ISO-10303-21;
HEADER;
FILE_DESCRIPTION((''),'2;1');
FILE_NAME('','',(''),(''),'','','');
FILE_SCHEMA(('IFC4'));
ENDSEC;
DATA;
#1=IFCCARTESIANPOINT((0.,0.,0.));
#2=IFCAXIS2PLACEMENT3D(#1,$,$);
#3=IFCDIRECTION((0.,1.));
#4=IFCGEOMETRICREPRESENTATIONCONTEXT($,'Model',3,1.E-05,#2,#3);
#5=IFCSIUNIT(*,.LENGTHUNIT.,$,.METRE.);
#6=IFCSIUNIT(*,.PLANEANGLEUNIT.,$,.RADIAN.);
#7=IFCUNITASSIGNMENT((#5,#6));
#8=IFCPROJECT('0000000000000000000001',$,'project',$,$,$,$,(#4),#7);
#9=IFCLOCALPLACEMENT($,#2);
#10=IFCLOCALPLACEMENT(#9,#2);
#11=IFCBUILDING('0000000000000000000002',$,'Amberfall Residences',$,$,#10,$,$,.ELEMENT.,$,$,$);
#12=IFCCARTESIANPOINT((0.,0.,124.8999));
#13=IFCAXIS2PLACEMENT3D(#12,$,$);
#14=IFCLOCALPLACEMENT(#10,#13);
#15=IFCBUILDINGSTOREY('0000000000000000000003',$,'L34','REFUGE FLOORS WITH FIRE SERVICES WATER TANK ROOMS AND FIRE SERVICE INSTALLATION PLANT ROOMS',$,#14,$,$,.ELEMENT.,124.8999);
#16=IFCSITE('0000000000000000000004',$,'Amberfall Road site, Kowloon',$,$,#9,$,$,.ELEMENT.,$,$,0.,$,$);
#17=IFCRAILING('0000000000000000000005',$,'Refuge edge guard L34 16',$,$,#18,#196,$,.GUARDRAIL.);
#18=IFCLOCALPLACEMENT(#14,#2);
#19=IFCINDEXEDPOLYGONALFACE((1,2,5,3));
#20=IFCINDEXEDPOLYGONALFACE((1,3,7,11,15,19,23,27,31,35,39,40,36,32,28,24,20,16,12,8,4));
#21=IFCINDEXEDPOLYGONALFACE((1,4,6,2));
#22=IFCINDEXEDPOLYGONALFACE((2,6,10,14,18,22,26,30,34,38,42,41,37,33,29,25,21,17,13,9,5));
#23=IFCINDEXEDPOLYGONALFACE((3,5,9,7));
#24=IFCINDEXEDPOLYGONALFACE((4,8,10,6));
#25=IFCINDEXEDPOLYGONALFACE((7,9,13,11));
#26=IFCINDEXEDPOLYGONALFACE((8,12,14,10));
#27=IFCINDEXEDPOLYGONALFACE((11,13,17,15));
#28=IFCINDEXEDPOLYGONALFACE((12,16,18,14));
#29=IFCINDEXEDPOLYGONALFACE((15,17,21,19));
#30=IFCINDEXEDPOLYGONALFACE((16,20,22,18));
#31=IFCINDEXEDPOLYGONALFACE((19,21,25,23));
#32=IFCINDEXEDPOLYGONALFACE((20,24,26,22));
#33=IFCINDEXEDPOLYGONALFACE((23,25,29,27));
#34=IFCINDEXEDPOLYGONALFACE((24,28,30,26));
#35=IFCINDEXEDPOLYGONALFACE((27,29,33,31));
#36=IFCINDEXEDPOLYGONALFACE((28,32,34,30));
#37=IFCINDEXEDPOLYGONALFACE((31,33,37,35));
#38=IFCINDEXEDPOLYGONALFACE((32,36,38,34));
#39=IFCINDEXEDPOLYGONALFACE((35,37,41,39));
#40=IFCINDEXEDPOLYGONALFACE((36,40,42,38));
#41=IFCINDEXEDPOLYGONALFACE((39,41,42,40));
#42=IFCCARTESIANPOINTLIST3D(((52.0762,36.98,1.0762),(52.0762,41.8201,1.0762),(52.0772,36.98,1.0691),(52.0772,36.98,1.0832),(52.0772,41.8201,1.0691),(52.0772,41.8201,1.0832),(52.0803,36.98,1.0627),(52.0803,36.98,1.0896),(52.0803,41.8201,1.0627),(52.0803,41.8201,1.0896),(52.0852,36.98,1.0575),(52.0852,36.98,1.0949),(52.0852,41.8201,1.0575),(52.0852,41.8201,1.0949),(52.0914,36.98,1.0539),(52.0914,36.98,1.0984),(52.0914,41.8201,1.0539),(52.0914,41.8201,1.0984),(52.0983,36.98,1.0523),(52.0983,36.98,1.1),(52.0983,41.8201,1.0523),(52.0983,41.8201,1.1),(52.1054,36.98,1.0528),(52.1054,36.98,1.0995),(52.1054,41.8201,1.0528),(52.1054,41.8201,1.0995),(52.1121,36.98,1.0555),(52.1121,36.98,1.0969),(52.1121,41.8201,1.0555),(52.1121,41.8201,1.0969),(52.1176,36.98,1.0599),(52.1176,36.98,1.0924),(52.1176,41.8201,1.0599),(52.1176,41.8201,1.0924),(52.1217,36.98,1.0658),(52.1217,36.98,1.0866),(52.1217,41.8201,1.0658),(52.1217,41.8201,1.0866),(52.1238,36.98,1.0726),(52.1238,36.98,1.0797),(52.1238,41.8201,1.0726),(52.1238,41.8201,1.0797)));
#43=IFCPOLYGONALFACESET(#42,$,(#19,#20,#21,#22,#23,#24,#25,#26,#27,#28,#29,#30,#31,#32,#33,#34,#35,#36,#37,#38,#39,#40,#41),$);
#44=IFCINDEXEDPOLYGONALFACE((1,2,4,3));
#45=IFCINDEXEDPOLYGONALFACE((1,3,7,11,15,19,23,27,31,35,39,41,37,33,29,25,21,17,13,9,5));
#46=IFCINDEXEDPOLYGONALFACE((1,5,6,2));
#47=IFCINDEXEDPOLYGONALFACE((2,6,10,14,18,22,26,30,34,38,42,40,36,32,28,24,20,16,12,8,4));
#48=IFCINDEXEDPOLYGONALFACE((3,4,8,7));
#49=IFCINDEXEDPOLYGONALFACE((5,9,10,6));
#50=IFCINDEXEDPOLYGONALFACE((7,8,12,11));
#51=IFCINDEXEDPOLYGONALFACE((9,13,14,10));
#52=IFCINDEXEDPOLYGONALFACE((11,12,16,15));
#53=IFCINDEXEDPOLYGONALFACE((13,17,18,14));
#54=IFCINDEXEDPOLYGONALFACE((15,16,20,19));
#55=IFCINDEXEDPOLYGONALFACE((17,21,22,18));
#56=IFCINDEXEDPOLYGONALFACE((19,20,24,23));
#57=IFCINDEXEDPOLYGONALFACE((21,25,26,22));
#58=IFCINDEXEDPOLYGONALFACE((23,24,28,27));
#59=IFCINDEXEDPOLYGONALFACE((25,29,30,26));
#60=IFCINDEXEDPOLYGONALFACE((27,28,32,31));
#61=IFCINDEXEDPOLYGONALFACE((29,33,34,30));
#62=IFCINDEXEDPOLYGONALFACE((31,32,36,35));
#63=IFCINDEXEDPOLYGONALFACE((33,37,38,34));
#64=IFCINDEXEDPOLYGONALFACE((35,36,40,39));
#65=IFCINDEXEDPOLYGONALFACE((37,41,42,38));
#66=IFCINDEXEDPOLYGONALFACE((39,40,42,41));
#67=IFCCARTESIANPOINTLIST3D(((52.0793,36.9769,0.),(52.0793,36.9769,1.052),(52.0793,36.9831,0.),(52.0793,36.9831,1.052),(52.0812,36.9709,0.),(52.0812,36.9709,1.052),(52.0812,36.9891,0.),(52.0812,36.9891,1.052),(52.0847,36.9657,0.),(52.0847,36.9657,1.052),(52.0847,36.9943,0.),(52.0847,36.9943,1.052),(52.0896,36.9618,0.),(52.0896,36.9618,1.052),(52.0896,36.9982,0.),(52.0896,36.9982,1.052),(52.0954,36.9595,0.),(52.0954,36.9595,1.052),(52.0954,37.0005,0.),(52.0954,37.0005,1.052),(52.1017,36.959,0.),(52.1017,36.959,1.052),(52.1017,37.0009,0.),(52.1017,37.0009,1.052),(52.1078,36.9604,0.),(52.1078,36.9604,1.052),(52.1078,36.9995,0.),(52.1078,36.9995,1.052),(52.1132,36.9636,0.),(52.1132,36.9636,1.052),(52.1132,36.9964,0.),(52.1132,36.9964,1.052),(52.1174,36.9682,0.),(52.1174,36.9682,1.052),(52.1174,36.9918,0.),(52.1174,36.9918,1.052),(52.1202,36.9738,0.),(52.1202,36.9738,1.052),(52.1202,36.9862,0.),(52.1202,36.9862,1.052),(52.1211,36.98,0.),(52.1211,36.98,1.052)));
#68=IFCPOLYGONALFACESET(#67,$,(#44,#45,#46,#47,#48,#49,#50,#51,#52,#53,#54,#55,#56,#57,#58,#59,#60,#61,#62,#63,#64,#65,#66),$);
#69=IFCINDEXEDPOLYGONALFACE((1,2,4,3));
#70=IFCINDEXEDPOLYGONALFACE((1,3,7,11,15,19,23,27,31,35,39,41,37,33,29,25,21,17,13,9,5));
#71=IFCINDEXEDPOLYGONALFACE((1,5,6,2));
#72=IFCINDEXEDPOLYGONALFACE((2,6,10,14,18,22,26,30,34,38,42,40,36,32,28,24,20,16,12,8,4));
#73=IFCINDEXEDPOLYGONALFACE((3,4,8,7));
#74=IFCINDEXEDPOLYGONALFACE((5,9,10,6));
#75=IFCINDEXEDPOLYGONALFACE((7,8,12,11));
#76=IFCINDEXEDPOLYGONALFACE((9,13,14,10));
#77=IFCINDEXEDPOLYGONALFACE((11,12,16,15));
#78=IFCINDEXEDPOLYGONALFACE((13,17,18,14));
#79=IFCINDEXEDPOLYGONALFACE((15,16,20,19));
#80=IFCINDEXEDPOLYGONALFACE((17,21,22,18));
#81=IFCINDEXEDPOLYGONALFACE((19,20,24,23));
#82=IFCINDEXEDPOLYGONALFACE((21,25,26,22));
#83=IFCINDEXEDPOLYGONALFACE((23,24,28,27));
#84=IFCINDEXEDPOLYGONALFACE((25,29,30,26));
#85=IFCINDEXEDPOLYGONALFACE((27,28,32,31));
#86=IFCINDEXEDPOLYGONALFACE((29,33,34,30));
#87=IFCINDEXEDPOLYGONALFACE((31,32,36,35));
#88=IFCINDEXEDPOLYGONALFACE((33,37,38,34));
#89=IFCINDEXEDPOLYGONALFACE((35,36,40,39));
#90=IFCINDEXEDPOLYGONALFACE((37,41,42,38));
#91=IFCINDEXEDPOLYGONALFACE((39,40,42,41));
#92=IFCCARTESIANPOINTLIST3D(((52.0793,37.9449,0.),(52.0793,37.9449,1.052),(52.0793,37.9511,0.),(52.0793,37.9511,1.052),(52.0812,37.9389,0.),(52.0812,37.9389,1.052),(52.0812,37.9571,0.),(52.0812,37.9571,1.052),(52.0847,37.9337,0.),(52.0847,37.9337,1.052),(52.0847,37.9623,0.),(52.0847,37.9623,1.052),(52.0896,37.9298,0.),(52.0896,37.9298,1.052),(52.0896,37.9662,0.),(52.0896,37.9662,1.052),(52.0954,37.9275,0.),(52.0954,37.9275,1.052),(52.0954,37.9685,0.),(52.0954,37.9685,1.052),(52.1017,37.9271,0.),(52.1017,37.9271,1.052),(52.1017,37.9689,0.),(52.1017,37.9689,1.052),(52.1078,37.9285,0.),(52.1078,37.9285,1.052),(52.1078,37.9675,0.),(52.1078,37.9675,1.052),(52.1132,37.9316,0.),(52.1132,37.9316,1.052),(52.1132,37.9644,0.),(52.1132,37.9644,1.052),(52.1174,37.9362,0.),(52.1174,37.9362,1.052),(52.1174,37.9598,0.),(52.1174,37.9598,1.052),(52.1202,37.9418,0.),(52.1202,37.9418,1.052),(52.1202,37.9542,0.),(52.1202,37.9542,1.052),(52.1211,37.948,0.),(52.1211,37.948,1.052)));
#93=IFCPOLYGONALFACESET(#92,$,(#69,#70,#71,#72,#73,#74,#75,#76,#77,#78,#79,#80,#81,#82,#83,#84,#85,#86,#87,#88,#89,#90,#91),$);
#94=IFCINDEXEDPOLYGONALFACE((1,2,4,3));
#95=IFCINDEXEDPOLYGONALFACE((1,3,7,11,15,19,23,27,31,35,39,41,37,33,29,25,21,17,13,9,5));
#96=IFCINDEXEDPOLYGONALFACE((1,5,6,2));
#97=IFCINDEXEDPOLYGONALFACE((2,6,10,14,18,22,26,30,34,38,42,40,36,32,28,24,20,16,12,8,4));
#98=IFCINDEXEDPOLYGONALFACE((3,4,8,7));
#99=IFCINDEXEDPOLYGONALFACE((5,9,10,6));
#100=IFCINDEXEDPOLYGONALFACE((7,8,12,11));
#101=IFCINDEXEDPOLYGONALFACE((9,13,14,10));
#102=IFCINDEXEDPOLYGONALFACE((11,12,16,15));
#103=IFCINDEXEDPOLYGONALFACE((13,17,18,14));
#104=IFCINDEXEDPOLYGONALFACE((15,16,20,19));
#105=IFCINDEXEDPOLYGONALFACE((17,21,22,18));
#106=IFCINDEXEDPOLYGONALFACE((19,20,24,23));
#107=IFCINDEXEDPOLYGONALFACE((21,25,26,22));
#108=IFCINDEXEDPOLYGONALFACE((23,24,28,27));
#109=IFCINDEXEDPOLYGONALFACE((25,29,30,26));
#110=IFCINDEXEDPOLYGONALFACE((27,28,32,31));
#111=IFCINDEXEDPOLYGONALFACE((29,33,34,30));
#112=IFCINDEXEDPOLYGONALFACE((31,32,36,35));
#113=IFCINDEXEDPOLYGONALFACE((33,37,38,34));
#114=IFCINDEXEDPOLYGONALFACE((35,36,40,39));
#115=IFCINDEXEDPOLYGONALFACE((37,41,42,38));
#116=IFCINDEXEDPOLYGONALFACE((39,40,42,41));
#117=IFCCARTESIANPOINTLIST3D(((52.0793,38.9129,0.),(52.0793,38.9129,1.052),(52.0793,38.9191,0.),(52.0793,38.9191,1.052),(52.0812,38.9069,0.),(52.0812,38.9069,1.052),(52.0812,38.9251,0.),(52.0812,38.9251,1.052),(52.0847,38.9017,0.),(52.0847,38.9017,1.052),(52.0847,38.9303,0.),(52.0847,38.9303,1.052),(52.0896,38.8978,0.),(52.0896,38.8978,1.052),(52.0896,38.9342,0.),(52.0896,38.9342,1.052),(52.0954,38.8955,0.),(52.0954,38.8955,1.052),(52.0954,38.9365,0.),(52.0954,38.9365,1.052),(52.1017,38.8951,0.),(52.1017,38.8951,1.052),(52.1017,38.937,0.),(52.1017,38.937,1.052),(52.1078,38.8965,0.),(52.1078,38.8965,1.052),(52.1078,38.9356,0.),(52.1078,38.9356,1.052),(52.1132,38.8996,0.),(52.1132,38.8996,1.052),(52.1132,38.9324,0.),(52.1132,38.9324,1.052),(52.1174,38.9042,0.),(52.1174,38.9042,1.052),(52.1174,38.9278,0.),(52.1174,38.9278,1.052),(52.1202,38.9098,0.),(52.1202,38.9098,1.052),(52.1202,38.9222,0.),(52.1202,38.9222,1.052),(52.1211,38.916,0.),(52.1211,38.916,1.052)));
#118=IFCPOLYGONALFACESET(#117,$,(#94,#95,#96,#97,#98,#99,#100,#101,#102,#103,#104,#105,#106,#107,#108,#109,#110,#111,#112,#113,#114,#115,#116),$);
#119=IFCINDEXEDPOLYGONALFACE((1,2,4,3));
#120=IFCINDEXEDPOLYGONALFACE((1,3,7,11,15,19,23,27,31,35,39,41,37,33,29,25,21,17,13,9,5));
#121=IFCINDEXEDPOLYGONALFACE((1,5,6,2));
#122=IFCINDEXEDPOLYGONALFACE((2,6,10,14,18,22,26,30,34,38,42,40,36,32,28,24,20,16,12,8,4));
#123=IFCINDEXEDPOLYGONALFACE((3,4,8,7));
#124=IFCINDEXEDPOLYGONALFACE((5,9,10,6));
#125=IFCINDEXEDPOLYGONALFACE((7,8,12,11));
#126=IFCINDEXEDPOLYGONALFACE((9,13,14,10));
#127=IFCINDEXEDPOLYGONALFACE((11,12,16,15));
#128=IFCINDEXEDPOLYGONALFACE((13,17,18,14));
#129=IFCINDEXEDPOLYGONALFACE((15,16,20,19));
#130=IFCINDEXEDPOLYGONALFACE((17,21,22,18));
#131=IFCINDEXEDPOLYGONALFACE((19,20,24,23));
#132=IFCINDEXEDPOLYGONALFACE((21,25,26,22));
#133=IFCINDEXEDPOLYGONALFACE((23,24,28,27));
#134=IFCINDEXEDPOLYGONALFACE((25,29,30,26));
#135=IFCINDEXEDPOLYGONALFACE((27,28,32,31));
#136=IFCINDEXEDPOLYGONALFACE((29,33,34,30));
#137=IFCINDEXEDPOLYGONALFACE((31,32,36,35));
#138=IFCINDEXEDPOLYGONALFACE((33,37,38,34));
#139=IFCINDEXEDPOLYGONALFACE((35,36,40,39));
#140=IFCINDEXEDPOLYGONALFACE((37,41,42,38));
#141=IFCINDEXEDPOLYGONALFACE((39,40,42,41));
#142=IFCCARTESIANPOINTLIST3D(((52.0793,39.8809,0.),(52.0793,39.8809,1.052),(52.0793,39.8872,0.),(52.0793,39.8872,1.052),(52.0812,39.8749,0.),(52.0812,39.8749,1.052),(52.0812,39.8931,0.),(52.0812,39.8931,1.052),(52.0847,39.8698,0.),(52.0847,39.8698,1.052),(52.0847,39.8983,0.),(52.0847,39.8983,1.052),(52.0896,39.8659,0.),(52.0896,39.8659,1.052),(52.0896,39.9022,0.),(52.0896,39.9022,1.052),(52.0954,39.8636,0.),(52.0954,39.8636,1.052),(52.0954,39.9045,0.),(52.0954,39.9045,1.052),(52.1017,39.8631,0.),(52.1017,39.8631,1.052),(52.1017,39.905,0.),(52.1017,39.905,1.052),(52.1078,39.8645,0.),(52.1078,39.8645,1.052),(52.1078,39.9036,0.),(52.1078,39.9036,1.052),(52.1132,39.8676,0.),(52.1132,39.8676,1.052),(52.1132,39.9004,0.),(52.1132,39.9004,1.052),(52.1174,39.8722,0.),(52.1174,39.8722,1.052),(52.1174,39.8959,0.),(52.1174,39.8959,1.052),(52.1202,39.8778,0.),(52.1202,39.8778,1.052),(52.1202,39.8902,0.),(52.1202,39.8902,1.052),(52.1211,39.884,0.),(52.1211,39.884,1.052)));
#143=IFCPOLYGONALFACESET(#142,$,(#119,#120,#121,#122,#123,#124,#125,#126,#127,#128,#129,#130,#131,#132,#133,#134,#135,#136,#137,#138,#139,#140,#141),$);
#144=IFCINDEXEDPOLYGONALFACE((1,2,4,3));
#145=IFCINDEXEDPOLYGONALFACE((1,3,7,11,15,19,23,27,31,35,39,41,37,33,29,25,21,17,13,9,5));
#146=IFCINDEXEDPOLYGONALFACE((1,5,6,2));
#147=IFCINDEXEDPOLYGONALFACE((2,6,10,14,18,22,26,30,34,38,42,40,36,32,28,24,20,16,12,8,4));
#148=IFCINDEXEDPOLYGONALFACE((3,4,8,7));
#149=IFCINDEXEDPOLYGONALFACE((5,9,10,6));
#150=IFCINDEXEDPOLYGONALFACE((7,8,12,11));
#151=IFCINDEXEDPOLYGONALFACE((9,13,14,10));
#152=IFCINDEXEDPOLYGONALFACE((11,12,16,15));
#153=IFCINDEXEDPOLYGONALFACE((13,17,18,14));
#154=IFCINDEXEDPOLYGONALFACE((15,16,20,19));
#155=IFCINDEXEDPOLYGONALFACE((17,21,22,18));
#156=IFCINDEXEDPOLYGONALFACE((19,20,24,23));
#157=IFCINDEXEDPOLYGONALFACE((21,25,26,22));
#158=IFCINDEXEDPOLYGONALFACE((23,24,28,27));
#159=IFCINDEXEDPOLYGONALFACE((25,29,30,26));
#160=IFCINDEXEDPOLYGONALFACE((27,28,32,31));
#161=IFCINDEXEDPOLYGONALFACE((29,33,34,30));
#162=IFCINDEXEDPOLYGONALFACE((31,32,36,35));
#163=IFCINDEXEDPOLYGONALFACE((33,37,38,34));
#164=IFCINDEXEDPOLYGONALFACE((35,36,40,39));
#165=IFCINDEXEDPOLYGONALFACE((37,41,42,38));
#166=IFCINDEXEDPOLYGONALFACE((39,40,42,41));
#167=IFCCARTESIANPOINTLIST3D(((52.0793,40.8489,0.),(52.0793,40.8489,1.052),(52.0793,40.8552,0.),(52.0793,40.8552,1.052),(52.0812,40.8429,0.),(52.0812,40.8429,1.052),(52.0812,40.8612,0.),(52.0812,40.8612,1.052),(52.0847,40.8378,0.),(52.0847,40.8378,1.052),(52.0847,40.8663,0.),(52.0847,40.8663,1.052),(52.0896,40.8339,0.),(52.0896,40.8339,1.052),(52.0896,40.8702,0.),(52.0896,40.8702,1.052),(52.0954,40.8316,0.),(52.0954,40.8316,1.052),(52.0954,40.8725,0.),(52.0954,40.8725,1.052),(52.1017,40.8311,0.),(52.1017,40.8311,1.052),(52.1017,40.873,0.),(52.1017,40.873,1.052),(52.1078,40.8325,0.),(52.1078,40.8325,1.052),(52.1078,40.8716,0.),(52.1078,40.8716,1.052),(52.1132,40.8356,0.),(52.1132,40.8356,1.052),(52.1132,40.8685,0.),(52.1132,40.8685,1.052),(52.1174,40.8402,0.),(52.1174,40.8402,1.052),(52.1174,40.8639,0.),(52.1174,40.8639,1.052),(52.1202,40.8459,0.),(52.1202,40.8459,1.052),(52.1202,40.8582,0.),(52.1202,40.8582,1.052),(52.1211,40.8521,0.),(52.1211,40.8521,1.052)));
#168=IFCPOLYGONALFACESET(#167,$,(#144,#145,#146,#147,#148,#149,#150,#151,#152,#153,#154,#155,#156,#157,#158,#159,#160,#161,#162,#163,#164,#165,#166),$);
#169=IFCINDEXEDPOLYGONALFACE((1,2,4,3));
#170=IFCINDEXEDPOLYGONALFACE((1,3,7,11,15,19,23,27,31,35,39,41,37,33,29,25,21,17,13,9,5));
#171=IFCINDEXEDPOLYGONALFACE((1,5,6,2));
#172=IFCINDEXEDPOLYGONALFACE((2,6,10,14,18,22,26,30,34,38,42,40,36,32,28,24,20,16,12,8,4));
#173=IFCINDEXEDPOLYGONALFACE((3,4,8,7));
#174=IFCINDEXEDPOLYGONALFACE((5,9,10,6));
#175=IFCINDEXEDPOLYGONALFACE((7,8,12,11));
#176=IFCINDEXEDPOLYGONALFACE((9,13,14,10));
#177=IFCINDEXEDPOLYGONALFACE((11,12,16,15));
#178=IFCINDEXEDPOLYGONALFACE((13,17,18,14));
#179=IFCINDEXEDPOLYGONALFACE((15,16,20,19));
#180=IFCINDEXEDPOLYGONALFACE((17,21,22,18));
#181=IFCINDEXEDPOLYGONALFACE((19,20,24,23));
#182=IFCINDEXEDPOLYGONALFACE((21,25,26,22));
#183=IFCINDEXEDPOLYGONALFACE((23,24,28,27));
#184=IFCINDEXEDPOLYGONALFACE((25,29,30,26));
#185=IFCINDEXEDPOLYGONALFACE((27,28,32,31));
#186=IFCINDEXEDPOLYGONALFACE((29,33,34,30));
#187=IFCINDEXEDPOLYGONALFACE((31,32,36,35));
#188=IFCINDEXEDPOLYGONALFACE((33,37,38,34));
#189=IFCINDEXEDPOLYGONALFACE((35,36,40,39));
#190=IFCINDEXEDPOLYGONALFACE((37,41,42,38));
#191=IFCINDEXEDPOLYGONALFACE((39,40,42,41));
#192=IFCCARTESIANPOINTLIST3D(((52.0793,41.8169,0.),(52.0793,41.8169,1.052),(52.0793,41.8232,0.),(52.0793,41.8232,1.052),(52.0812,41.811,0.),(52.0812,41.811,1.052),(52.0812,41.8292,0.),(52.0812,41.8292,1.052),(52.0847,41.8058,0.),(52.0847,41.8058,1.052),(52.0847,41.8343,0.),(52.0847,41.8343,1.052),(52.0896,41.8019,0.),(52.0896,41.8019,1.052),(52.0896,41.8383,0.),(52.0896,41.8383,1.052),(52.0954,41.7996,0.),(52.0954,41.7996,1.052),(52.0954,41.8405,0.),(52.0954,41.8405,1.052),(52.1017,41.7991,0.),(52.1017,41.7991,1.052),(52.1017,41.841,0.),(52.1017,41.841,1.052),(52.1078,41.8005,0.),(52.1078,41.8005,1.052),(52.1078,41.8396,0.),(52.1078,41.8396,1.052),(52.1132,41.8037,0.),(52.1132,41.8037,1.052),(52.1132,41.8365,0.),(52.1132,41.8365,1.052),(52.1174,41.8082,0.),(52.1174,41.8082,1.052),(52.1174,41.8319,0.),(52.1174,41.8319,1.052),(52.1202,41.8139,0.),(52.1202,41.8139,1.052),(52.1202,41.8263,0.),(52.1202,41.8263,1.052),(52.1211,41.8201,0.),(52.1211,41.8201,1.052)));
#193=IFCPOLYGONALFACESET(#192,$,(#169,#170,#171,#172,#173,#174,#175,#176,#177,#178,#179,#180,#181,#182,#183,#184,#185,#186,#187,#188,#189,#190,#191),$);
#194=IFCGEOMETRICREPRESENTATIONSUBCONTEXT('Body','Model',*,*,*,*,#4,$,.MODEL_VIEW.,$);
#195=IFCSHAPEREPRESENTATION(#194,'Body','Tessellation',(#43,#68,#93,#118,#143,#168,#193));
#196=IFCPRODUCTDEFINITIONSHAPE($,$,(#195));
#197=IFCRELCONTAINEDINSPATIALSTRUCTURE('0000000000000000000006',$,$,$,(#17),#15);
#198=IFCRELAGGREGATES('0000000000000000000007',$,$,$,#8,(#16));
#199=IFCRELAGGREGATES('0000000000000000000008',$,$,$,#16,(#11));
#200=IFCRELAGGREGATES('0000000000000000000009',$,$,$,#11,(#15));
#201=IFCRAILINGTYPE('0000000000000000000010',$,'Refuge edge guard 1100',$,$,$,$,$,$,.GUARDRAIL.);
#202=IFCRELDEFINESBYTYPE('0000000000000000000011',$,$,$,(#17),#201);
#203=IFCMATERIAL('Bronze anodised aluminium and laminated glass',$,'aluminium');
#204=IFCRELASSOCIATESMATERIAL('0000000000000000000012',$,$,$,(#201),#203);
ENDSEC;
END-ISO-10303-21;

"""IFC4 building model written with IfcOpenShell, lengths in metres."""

from ifc_helpers import new_model, si_unit, direction, frame, origin, origin_2d, place, context, subcontext, project, spatial, circle, extrude, material, type_object, element, save


model = new_model("IFC4")

# Units and contexts
model_context = context("Model", 3, precision=1e-05, world=origin(), true_north=direction((0.0, 1.0)))
body_context = subcontext(model_context, "Body", "Model", "MODEL_VIEW")
ifc_project = project(units=[si_unit("LENGTHUNIT", "METRE"), si_unit("PLANEANGLEUNIT", "RADIAN")], contexts=[model_context])

# Site, building, storey
site_placement = place(None, origin())
site = spatial("IfcSite", under=ifc_project, at=site_placement, Name="Amberfall Road site, Kowloon", CompositionType="ELEMENT", RefElevation=0.0)
building_placement = place(site_placement, origin())
building = spatial("IfcBuilding", under=site, at=building_placement, Name="Amberfall Residences", CompositionType="ELEMENT")
storey_placement = place(building_placement, frame((0.0, 0.0, 124.8999)))
storey = spatial("IfcBuildingStorey", under=building, at=storey_placement, Name="L34", Description="REFUGE FLOORS WITH FIRE SERVICES WATER TANK ROOMS AND FIRE SERVICE INSTALLATION PLANT ROOMS", CompositionType="ELEMENT", Elevation=124.8999)

# Railing
ifc_material_1 = material(Name="Bronze anodised aluminium and laminated glass", Category="aluminium")
railing_type = type_object("IfcRailingType", Name="Refuge edge guard 1100", PredefinedType="GUARDRAIL", material=ifc_material_1)
for number, where, name in (
    (1, (52.1001, 36.98, 0.0), "Refuge edge guard L34 16"),
):
    element("IfcRailing", number, at=place(storey_placement, frame(where)), inside=storey, type_object=railing_type, Name=name, PredefinedType="GUARDRAIL", context=body_context, shape_type="SweptSolid", body=[
        extrude(circle(Radius=0.0239, at=origin_2d()), frame((0.0, 0.0, 1.0762), z_axis=(0.0, 1.0, 0.0), x_axis=(-1.0, 0.0, 0.0)), (0.0, 0.0, 1.0), 4.8401),
        extrude(circle(Radius=0.021, at=origin_2d()), origin(), (0.0, 0.0, 1.0), 1.052),
        extrude(circle(Radius=0.021, at=origin_2d()), frame((0.0, 0.968, 0.0)), (0.0, 0.0, 1.0), 1.052),
        extrude(circle(Radius=0.021, at=origin_2d()), frame((0.0, 1.936, 0.0)), (0.0, 0.0, 1.0), 1.052),
        extrude(circle(Radius=0.021, at=origin_2d()), frame((0.0, 2.9041, 0.0)), (0.0, 0.0, 1.0), 1.052),
        extrude(circle(Radius=0.021, at=origin_2d()), frame((0.0, 3.8721, 0.0)), (0.0, 0.0, 1.0), 1.052),
        extrude(circle(Radius=0.021, at=origin_2d()), frame((0.0, 4.8401, 0.0)), (0.0, 0.0, 1.0), 1.052),
    ])

save(model, "model.ifc")
